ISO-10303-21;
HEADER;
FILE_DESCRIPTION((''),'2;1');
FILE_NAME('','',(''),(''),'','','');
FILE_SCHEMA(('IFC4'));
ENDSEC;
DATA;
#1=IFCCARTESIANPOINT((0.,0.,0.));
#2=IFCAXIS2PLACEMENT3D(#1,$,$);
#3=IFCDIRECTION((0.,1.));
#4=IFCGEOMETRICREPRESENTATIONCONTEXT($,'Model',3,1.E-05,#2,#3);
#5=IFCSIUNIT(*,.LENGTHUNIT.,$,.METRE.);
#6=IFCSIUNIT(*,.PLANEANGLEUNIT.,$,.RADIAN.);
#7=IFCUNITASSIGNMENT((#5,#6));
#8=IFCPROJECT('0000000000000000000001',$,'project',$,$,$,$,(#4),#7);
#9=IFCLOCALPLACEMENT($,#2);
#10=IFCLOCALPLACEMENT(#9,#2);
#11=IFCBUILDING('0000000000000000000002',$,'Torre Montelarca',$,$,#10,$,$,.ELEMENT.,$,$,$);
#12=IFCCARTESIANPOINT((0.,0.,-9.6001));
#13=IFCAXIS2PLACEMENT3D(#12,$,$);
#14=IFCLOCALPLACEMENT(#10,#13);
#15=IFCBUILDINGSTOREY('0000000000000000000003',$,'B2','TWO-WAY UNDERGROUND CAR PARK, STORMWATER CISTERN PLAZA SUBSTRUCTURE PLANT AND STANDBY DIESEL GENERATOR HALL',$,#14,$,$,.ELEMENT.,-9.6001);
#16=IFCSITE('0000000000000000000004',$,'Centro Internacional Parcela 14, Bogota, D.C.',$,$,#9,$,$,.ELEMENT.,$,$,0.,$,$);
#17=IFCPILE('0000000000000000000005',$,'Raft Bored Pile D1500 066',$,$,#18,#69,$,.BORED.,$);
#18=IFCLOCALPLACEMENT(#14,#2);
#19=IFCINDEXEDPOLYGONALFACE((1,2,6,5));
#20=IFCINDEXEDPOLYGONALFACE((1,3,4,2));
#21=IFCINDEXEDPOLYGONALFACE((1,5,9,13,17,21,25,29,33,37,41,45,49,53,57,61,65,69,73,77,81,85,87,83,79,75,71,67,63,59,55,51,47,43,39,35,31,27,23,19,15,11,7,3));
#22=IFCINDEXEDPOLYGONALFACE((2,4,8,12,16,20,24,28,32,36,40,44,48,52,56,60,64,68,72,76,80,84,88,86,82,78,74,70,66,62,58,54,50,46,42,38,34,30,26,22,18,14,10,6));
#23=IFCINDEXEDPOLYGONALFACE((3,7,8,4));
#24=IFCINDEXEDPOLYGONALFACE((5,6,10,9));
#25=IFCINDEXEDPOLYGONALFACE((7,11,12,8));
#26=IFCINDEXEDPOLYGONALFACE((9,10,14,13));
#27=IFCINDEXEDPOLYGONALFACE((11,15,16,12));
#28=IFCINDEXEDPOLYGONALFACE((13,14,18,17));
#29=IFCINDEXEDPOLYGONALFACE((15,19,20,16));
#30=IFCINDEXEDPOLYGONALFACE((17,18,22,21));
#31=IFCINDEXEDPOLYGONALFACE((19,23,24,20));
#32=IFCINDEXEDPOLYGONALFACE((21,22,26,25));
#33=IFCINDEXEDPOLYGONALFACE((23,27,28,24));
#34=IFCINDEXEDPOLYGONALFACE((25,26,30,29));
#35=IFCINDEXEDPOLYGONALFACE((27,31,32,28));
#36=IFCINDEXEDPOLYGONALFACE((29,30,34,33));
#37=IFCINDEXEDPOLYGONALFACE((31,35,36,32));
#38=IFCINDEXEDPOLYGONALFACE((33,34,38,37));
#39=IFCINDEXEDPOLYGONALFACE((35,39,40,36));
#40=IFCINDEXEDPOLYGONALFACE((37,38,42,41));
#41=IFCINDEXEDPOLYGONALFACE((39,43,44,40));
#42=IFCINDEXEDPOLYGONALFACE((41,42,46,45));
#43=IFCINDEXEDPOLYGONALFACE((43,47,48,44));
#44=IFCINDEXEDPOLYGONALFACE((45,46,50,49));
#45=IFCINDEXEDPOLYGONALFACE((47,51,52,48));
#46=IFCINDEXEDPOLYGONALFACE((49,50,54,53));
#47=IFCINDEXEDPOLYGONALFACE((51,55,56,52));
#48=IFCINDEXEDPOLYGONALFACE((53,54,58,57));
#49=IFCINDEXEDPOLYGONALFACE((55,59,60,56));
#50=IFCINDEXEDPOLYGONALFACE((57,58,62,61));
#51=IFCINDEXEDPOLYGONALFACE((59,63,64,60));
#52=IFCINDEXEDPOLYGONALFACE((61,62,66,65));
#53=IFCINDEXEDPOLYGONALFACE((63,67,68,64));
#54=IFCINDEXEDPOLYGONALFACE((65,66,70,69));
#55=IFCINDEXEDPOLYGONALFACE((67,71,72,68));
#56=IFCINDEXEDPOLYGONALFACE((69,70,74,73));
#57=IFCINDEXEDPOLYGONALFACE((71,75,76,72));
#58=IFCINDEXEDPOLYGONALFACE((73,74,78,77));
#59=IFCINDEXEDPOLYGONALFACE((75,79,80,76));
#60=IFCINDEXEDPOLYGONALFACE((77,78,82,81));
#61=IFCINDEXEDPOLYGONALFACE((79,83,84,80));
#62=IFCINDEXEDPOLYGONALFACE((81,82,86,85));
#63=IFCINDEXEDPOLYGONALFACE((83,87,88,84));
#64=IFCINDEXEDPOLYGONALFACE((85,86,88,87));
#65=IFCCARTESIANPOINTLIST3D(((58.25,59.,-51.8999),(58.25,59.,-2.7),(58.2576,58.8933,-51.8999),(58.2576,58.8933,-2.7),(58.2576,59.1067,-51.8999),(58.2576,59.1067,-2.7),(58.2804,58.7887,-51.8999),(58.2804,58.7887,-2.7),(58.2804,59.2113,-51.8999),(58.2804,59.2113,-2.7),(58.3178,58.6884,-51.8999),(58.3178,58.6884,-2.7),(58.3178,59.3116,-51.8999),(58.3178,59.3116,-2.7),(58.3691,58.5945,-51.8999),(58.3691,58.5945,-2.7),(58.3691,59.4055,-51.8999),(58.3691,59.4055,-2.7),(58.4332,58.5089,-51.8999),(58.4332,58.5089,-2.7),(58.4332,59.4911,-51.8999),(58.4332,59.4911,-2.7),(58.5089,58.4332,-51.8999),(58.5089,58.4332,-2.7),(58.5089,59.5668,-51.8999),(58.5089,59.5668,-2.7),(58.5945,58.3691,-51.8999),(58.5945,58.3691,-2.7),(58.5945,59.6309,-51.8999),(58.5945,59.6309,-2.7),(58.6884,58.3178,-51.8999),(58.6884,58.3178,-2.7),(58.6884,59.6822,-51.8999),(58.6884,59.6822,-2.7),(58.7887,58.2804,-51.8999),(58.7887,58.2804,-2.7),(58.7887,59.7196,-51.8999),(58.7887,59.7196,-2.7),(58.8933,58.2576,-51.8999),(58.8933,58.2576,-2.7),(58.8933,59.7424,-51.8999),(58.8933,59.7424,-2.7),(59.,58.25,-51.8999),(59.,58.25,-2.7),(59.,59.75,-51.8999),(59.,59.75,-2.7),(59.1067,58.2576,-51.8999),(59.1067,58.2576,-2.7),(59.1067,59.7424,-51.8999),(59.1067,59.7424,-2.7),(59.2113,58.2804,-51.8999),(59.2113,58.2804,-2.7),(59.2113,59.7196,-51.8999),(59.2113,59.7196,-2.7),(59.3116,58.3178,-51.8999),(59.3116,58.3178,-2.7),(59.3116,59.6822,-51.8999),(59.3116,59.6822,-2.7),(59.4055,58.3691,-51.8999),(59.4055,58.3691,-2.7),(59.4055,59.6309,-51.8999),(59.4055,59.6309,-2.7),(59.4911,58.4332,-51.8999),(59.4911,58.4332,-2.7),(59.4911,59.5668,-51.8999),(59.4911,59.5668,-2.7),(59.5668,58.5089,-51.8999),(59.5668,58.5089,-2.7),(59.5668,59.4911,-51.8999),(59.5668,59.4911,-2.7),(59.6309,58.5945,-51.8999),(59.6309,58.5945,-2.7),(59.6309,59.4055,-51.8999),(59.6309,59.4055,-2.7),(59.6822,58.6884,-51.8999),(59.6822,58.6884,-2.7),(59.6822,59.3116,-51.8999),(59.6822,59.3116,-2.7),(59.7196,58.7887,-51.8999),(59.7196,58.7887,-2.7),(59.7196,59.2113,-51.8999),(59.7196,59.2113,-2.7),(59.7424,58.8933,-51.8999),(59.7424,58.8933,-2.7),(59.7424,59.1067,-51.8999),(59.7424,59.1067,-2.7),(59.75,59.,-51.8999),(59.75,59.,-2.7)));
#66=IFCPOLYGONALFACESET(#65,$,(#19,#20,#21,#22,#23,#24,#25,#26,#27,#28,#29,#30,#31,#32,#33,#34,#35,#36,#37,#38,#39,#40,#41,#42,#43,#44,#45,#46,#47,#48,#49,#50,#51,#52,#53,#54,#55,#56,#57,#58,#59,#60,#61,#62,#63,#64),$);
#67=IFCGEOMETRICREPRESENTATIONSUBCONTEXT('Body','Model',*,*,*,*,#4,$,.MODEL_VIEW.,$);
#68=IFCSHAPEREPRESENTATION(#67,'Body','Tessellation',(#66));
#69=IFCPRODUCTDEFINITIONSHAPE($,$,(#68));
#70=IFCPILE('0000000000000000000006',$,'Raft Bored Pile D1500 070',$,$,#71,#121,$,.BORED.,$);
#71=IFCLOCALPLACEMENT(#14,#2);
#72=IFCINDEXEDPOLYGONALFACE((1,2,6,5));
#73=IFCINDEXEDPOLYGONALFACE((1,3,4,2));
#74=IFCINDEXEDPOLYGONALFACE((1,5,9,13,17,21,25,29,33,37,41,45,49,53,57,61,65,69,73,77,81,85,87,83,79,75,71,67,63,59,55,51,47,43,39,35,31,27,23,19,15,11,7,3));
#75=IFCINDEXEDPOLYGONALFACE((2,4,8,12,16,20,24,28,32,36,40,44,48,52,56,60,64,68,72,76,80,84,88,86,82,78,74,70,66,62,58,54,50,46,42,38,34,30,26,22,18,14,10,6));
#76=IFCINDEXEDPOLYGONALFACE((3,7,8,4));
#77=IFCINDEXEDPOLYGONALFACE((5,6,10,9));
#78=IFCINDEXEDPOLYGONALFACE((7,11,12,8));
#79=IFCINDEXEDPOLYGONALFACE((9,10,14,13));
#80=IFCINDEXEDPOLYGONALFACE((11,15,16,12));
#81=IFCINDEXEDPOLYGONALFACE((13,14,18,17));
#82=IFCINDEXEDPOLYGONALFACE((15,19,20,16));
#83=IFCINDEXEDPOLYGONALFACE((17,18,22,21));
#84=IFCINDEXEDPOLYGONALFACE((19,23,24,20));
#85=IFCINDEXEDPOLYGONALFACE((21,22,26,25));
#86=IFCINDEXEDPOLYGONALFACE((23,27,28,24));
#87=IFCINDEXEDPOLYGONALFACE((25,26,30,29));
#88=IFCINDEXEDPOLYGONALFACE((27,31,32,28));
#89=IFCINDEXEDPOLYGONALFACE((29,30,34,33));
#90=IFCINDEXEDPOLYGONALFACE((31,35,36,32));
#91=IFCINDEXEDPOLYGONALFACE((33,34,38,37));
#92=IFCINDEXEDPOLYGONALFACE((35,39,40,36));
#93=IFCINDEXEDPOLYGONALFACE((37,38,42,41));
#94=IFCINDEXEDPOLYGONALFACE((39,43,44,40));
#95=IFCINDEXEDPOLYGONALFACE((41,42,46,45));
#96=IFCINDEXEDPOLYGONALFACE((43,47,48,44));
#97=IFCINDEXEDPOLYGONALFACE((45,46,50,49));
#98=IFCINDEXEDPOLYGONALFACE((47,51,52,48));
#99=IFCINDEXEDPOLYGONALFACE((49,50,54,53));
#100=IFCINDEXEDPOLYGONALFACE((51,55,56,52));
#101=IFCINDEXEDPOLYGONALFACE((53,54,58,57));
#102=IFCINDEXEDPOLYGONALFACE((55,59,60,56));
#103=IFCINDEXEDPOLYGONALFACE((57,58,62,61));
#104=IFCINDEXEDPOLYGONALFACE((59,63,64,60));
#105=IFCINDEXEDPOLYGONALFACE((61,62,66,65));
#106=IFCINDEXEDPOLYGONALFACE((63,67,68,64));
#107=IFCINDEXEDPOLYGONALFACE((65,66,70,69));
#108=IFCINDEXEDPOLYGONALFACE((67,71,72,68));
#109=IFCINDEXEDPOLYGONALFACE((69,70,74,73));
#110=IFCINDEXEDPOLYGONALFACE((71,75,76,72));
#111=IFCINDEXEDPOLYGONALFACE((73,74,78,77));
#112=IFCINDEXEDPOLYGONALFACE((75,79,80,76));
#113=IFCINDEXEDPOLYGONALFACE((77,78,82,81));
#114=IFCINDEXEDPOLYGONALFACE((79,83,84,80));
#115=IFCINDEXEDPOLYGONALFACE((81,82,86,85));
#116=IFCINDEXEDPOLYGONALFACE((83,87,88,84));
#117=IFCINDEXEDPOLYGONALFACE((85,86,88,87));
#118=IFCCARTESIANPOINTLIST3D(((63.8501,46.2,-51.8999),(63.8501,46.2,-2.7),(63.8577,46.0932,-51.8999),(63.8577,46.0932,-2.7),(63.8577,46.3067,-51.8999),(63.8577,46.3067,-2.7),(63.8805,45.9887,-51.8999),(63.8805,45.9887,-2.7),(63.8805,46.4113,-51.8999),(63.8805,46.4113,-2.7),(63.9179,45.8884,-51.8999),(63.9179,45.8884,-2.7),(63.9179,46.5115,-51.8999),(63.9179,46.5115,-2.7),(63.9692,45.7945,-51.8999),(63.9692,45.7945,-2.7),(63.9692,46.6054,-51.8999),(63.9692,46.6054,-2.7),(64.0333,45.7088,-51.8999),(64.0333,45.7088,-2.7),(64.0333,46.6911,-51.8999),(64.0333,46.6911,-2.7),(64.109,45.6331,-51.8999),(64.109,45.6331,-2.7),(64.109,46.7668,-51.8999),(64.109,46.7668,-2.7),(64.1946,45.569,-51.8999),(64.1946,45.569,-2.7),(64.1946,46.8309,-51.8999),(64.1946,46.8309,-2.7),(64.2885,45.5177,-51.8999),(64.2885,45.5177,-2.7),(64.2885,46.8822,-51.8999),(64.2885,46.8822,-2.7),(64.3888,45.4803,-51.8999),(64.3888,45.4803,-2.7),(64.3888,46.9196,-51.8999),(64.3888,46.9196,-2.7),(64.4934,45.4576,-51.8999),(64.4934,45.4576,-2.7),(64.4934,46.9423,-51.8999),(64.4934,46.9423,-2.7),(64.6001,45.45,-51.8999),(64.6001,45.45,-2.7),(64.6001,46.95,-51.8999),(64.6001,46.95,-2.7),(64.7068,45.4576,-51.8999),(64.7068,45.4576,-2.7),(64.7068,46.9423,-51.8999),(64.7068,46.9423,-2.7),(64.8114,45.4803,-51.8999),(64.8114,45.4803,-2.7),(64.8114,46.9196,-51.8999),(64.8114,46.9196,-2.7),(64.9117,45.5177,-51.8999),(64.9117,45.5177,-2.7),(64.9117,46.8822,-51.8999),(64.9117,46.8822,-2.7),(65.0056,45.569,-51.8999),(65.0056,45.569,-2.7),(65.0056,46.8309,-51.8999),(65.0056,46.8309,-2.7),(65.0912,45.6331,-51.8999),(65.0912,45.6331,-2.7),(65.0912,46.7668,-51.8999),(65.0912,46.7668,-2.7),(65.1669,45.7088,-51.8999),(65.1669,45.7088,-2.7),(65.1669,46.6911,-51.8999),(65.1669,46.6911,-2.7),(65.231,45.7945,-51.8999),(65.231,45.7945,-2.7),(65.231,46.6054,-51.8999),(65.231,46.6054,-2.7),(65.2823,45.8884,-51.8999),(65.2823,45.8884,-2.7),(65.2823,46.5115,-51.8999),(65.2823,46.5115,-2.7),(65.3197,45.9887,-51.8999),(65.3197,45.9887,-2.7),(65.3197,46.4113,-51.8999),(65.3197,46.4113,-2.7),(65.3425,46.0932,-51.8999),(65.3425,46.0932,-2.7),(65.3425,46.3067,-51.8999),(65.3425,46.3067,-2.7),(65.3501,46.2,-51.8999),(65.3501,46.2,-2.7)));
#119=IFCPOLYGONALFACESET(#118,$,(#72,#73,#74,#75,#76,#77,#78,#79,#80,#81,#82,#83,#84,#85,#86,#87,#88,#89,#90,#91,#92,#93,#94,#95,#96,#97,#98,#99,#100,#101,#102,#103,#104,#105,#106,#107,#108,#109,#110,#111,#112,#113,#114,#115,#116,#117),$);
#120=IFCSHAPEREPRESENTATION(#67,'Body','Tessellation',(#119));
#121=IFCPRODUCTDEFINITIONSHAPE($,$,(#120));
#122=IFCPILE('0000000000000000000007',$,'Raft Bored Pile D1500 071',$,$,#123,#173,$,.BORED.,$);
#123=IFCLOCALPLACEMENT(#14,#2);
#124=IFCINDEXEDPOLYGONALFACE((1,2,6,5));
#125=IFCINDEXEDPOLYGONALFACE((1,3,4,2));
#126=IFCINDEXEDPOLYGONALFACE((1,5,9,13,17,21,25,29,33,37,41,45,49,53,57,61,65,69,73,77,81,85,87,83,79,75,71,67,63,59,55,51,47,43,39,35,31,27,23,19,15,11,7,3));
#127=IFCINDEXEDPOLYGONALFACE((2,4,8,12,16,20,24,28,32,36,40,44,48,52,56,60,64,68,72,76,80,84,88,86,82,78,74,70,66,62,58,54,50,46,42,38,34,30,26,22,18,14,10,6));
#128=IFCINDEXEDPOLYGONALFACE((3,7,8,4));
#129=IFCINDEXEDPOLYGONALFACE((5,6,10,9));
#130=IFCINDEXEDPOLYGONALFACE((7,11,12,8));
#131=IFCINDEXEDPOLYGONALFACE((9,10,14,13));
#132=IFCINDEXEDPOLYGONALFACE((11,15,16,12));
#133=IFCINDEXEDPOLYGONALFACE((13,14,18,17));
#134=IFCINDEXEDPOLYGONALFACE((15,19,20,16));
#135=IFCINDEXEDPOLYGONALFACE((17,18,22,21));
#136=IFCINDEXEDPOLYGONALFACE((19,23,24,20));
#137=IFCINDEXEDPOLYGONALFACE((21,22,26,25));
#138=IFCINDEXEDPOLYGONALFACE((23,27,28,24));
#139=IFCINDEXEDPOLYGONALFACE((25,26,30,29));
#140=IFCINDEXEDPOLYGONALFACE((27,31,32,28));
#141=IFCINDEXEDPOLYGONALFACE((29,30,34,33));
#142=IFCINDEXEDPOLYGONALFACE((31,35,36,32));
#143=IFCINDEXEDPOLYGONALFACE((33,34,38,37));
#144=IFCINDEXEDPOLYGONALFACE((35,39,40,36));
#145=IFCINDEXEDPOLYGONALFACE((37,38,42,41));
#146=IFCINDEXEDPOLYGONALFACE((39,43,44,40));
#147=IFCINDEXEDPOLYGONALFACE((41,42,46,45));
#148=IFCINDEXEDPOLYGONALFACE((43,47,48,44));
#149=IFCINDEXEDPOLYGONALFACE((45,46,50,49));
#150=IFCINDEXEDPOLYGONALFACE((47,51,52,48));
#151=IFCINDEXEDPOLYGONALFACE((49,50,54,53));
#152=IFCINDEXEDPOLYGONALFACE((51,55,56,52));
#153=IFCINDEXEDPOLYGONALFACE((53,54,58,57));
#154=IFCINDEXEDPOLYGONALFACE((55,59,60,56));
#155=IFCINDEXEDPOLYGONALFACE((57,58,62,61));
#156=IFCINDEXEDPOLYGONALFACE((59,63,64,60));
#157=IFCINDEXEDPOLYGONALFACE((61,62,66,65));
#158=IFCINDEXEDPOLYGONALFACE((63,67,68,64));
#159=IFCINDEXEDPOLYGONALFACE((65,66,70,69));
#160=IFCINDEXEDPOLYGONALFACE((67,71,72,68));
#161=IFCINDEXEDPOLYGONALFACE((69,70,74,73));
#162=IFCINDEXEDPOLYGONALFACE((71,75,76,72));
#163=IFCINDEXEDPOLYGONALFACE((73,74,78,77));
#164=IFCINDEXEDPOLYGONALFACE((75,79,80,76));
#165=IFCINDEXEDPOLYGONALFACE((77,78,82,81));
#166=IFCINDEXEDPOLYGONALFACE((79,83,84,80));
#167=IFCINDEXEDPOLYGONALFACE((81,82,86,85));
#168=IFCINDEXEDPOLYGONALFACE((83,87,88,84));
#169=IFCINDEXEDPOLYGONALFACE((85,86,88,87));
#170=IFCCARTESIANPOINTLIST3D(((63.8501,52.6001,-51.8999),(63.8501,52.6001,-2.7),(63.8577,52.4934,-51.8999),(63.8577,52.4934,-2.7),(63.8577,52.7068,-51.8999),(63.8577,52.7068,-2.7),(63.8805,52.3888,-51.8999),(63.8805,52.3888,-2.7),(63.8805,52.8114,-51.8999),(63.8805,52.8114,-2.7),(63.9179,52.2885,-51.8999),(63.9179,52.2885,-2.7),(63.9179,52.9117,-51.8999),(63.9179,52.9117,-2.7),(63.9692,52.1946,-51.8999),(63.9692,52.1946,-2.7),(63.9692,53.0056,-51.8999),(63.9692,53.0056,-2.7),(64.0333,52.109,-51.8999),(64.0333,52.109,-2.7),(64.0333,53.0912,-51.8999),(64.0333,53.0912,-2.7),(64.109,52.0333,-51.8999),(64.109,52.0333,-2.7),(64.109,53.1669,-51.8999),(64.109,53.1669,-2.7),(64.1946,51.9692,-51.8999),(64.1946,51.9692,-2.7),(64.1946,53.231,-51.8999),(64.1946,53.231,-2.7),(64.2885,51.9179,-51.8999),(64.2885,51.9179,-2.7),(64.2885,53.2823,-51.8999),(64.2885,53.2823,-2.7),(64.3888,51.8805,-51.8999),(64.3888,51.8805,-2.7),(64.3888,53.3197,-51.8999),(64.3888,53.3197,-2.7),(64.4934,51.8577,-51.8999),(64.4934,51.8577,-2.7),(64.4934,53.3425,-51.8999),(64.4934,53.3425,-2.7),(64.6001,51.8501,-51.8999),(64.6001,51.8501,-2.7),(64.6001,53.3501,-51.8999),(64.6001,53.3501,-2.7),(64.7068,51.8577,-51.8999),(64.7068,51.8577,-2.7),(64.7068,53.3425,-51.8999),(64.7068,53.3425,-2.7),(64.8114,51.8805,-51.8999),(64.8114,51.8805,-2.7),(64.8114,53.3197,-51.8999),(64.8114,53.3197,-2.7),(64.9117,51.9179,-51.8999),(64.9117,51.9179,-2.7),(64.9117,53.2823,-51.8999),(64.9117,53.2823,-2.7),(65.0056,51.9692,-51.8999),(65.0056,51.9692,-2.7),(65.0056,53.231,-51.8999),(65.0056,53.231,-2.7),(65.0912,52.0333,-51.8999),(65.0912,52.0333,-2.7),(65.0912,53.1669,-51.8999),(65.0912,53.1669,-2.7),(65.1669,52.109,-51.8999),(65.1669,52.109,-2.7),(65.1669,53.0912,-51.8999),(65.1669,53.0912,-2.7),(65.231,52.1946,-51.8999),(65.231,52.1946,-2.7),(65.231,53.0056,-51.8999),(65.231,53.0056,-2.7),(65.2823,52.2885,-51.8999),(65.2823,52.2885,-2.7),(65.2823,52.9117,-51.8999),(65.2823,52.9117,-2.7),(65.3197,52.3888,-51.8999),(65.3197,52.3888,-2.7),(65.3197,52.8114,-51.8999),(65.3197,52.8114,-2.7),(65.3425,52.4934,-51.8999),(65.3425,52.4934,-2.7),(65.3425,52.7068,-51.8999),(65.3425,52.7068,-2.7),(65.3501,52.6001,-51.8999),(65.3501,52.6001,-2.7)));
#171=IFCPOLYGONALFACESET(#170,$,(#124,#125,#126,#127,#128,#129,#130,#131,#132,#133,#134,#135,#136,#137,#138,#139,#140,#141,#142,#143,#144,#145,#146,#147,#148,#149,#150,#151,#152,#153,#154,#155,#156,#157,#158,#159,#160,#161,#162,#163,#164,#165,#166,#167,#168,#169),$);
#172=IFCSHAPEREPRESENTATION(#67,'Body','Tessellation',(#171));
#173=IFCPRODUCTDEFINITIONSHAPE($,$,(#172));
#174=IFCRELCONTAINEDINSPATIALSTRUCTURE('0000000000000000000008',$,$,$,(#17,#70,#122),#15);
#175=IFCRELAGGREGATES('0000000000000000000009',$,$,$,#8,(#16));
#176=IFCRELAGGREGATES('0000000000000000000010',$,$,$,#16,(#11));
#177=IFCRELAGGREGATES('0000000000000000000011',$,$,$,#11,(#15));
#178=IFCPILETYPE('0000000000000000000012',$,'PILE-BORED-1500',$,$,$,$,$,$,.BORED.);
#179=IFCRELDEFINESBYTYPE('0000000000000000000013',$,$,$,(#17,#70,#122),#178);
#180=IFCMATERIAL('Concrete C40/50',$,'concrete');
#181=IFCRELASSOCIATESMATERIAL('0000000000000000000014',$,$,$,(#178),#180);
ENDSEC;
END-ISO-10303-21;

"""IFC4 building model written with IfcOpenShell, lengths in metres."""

from ifc_helpers import new_model, si_unit, direction, frame, origin, origin_2d, place, context, subcontext, project, spatial, circle, extrude, source, transform, mapped, material, material_profile, profile_set, type_object, element, save


model = new_model("IFC4")

# Units and contexts
model_context = context("Model", 3, precision=1e-05, world=origin(), true_north=direction((0.0, 1.0)))
body_context = subcontext(model_context, "Body", "Model", "MODEL_VIEW")
ifc_project = project(units=[si_unit("LENGTHUNIT", "METRE"), si_unit("PLANEANGLEUNIT", "RADIAN")], contexts=[model_context])

# Site, building, storey
site_placement = place(None, origin())
site = spatial("IfcSite", under=ifc_project, at=site_placement, Name="Centro Internacional Parcela 14, Bogota, D.C.", CompositionType="ELEMENT", RefElevation=0.0)
building_placement = place(site_placement, origin())
building = spatial("IfcBuilding", under=site, at=building_placement, Name="Torre Montelarca", CompositionType="ELEMENT")
storey_placement = place(building_placement, frame((0.0, 0.0, -9.6001)))
storey = spatial("IfcBuildingStorey", under=building, at=storey_placement, Name="B2", Description="TWO-WAY UNDERGROUND CAR PARK, STORMWATER CISTERN PLAZA SUBSTRUCTURE PLANT AND STANDBY DIESEL GENERATOR HALL", CompositionType="ELEMENT", Elevation=-9.6001)

# Piles
ifc_material_1 = material(Name="Concrete C40/50", Category="concrete")
ifc_material_profile_1 = material_profile(ifc_material_1, circle(Radius=0.75, at=origin_2d()), Name="PILE-D1500", Category="concrete")
ifc_profile_set_1 = profile_set([ifc_material_profile_1], Name="Concrete C40/50")
pile_type = type_object("IfcPileType", Name="PILE-BORED-1500", PredefinedType="BORED", material=ifc_profile_set_1)
shared_shape_1 = source(origin(), body_context, "Body", "SweptSolid", [
    extrude(circle(Radius=0.75, at=origin_2d()), origin(), (0.0, 0.0, 1.0), 49.2),
])
for number, where, z_axis, x_axis, name in (
    (1, (59.0, 59.0, -2.7), (0.0, 0.0, -1.0), (1.0, 0.0, 0.0), "Raft Bored Pile D1500 066"),
    (2, (64.6001, 46.2, -2.7), (0.0, 0.0, -1.0), (1.0, 0.0, 0.0), "Raft Bored Pile D1500 070"),
    (3, (64.6001, 52.6001, -2.7), (0.0, 0.0, -1.0), (1.0, 0.0, 0.0), "Raft Bored Pile D1500 071"),
):
    element("IfcPile", number, at=place(storey_placement, frame(where, z_axis=z_axis, x_axis=x_axis)), inside=storey, type_object=pile_type, Name=name, PredefinedType="BORED", context=body_context, shape_type="MappedRepresentation", body=[
        mapped(shared_shape_1, transform((0.0, 0.0, 0.0), scale=1.0)),
    ])

save(model, "model.ifc")
